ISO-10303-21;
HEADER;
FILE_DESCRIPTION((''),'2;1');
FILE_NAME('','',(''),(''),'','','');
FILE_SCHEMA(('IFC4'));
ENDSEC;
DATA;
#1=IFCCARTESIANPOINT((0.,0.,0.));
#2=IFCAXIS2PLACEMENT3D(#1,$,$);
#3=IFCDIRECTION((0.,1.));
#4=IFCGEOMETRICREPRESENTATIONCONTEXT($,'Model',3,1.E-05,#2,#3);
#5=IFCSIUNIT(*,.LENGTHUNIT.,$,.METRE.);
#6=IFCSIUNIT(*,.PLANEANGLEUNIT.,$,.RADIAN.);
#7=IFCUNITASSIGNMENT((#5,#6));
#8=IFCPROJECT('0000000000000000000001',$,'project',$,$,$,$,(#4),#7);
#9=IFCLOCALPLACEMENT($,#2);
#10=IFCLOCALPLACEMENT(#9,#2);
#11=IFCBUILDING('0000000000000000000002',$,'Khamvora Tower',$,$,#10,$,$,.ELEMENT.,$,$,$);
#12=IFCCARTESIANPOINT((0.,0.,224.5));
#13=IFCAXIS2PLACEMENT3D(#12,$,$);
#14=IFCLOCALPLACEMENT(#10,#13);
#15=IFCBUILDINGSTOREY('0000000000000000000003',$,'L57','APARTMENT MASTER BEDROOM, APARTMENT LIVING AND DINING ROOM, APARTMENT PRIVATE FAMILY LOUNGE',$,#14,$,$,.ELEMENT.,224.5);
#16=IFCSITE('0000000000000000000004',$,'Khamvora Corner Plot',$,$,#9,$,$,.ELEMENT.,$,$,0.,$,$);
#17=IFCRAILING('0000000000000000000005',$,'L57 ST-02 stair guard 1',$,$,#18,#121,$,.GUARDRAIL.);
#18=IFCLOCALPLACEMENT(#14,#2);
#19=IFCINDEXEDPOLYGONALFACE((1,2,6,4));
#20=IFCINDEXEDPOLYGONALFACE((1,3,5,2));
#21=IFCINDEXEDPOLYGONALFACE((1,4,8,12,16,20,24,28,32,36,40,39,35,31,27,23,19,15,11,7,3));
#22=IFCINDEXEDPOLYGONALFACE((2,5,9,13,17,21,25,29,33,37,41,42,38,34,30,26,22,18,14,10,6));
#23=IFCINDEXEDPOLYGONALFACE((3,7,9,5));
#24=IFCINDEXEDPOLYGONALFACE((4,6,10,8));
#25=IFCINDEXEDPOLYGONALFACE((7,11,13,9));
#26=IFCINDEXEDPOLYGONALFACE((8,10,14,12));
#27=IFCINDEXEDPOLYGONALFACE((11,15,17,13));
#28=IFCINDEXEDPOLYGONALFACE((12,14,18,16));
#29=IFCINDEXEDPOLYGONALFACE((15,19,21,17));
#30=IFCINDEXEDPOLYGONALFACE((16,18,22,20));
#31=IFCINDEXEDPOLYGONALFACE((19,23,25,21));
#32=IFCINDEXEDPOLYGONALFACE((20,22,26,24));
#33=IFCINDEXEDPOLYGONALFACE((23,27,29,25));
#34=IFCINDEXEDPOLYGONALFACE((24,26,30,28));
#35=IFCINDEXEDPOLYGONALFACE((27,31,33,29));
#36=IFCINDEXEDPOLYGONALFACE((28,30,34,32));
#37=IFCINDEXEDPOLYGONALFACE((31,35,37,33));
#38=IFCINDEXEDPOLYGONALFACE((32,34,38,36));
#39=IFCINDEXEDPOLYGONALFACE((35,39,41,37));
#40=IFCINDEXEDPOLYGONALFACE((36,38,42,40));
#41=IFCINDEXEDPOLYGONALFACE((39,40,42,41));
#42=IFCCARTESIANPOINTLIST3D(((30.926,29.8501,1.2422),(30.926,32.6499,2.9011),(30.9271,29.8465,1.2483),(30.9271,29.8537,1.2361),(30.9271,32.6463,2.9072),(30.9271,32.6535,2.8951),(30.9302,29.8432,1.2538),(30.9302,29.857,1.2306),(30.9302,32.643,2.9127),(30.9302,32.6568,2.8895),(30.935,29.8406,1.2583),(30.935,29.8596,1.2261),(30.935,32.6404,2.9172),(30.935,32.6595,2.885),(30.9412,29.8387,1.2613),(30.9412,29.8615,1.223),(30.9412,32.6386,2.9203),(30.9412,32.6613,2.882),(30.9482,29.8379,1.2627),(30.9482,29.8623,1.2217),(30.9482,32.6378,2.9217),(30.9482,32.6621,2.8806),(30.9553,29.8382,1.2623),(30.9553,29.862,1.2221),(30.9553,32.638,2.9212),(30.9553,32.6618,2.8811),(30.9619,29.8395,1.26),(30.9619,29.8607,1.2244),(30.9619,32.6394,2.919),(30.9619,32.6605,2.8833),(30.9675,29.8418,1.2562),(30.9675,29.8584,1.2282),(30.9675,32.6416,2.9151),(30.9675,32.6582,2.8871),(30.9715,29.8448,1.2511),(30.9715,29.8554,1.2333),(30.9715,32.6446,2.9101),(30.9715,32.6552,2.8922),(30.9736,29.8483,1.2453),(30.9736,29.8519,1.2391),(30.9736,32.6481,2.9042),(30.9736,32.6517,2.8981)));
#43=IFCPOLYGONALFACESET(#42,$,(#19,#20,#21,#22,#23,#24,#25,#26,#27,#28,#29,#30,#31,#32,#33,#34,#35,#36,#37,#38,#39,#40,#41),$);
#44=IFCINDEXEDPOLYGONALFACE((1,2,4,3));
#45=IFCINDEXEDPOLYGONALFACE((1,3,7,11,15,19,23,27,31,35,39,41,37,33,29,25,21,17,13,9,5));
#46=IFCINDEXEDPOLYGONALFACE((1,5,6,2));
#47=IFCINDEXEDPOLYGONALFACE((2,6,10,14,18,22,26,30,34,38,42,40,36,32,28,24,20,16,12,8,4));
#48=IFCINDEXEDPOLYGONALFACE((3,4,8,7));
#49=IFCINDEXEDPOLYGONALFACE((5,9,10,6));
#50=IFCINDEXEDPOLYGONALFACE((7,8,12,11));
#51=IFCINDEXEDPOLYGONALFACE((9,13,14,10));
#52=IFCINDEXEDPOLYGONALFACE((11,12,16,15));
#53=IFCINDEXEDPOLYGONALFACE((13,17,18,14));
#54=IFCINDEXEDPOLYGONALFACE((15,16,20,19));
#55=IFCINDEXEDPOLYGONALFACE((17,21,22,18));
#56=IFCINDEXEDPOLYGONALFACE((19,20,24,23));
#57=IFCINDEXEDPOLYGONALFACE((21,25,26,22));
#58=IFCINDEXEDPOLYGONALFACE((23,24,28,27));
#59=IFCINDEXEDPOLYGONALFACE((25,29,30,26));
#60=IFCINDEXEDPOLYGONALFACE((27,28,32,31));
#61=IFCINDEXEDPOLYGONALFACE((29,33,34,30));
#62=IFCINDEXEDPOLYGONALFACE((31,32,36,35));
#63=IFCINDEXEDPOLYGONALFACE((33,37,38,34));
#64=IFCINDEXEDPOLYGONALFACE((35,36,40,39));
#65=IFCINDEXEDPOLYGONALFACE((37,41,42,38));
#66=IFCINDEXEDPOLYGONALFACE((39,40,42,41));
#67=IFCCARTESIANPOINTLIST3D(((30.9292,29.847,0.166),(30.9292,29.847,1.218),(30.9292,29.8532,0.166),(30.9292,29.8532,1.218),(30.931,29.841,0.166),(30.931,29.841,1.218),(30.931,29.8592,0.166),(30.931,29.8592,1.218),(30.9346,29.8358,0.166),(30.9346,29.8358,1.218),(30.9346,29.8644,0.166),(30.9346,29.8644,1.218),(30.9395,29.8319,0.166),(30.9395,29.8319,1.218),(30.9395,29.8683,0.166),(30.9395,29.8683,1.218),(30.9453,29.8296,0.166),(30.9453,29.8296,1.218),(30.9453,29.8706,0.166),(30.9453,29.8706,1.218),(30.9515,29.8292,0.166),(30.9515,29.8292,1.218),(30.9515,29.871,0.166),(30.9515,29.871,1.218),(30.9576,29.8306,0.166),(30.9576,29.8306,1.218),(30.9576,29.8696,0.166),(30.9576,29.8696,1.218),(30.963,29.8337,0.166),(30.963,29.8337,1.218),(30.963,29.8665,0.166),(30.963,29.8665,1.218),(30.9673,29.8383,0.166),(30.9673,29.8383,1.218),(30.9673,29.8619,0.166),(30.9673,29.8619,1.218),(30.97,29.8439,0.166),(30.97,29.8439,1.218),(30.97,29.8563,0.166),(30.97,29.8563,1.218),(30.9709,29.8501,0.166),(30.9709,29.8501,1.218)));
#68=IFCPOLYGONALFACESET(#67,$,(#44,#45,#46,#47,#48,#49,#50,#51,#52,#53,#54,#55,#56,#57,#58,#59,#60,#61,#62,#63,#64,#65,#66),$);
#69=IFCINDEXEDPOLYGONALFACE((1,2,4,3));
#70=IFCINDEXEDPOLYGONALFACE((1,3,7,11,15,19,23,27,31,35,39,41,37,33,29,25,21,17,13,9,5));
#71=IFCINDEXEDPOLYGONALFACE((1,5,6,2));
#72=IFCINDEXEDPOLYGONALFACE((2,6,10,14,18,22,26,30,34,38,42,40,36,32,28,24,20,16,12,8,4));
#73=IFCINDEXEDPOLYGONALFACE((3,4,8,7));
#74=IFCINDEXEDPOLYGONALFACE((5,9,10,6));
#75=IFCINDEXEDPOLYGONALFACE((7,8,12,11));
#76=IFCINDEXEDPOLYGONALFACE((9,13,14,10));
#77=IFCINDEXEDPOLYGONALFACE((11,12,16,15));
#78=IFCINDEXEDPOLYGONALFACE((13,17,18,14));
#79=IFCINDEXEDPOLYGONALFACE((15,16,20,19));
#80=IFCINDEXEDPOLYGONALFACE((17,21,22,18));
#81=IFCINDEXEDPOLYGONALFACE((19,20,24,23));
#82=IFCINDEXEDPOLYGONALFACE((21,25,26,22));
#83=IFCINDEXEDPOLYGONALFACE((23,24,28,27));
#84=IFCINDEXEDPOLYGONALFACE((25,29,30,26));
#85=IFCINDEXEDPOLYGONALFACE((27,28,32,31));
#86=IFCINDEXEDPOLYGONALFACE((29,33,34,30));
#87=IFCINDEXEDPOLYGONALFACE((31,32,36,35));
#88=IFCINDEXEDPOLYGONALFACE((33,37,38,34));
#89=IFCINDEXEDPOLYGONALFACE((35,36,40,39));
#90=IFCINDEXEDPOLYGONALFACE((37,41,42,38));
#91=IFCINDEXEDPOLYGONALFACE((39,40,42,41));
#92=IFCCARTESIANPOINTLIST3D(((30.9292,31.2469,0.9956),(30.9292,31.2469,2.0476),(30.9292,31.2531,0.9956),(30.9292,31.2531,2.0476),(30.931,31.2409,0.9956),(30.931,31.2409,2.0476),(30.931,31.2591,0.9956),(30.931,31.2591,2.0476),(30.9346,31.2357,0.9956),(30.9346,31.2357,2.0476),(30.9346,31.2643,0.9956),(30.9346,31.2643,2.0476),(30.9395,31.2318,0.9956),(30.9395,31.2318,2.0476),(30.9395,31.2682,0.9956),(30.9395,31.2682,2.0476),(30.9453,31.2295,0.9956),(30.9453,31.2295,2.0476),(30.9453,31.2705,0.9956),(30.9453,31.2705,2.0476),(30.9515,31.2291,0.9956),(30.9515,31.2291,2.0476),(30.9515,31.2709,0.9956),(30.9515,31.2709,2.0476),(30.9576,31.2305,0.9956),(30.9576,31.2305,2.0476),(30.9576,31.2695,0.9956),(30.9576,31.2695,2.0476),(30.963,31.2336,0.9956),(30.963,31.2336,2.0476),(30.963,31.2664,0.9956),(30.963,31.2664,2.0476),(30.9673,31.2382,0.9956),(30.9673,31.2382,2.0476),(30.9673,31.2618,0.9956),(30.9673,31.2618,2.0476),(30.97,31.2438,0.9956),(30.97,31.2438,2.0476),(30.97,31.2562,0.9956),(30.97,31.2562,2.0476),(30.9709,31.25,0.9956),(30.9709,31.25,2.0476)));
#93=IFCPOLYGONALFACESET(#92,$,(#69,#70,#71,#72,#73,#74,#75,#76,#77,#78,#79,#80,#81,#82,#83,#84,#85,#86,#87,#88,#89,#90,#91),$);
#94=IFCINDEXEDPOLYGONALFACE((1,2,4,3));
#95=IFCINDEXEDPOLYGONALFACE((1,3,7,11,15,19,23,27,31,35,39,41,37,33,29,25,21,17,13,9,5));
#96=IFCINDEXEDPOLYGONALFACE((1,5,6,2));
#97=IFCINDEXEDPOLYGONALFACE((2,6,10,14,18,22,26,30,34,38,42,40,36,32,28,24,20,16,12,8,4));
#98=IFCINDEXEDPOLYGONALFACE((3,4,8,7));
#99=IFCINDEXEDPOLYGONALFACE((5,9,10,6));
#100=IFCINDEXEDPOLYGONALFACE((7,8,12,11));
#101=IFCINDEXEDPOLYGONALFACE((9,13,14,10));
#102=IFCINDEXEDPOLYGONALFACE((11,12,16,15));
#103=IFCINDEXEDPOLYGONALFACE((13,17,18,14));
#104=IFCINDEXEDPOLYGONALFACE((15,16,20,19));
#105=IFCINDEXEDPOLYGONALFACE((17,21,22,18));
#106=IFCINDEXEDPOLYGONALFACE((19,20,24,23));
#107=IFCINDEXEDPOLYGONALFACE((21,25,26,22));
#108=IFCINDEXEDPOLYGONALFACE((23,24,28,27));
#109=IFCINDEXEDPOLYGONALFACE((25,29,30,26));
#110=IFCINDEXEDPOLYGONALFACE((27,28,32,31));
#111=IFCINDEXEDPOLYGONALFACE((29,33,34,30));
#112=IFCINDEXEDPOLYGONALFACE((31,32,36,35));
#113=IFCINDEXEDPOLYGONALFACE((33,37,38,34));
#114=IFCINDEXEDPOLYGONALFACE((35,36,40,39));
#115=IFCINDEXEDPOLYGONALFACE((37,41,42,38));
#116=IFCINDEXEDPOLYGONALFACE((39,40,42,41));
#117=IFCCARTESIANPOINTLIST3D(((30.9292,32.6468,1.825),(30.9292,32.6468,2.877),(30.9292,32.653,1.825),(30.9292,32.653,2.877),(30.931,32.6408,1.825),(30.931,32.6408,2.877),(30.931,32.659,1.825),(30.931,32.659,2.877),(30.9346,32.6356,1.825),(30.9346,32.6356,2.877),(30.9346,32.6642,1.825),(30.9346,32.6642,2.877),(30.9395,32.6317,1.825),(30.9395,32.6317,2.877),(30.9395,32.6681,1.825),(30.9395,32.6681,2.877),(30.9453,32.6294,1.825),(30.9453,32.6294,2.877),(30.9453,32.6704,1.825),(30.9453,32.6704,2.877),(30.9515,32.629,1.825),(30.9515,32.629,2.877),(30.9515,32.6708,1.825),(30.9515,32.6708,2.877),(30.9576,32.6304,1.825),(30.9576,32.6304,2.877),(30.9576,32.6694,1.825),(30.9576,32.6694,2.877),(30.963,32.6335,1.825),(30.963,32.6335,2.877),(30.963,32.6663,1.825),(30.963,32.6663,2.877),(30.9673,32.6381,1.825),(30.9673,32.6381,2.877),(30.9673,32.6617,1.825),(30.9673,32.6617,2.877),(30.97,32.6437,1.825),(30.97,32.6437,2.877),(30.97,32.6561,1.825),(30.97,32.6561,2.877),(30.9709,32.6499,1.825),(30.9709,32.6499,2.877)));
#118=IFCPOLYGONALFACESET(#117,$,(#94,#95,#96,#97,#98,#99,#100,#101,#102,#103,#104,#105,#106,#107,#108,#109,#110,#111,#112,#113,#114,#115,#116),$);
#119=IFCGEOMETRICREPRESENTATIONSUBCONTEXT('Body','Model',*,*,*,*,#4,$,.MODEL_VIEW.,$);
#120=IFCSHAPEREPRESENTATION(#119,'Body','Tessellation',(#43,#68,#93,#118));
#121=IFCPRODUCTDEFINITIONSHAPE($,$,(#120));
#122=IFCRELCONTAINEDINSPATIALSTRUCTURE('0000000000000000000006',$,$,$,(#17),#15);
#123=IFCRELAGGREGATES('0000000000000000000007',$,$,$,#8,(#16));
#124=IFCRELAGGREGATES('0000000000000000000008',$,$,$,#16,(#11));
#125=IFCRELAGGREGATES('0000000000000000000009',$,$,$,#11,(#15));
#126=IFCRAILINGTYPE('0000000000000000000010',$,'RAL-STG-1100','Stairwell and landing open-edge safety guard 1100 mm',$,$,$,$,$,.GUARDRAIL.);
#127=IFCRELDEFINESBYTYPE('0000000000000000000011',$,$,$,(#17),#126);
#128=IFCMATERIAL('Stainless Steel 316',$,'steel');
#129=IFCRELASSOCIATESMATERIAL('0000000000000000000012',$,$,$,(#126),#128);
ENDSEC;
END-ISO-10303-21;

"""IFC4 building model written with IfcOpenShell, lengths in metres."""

from ifc_helpers import new_model, si_unit, direction, frame, origin, origin_2d, place, context, subcontext, project, spatial, circle, extrude, material, type_object, element, save


model = new_model("IFC4")

# Units and contexts
model_context = context("Model", 3, precision=1e-05, world=origin(), true_north=direction((0.0, 1.0)))
body_context = subcontext(model_context, "Body", "Model", "MODEL_VIEW")
ifc_project = project(units=[si_unit("LENGTHUNIT", "METRE"), si_unit("PLANEANGLEUNIT", "RADIAN")], contexts=[model_context])

# Site, building, storey
site_placement = place(None, origin())
site = spatial("IfcSite", under=ifc_project, at=site_placement, Name="Khamvora Corner Plot", CompositionType="ELEMENT", RefElevation=0.0)
building_placement = place(site_placement, origin())
building = spatial("IfcBuilding", under=site, at=building_placement, Name="Khamvora Tower", CompositionType="ELEMENT")
storey_placement = place(building_placement, frame((0.0, 0.0, 224.5)))
storey = spatial("IfcBuildingStorey", under=building, at=storey_placement, Name="L57", Description="APARTMENT MASTER BEDROOM, APARTMENT LIVING AND DINING ROOM, APARTMENT PRIVATE FAMILY LOUNGE", CompositionType="ELEMENT", Elevation=224.5)

# Railing
ifc_material_1 = material(Name="Stainless Steel 316", Category="steel")
railing_type_1 = type_object("IfcRailingType", Name="RAL-STG-1100", Description="Stairwell and landing open-edge safety guard 1100 mm", PredefinedType="GUARDRAIL", material=ifc_material_1)
railing_1_placement = place(storey_placement, frame((30.95, 29.8501, 0.166)))
element("IfcRailing", 1, at=railing_1_placement, inside=storey, type_object=railing_type_1, Name="L57 ST-02 stair guard 1", PredefinedType="GUARDRAIL", context=body_context, shape_type="SweptSolid", body=[
    extrude(circle(Radius=0.0239, at=origin_2d()), frame((0.0, 0.0, 1.0762), z_axis=(0.0, 0.86032, 0.509755), x_axis=(-1.0, 0.0, 0.0)), (0.0, 0.0, 1.0), 3.2544),
    extrude(circle(Radius=0.021, at=origin_2d()), origin(), (0.0, 0.0, 1.0), 1.052),
    extrude(circle(Radius=0.021, at=origin_2d()), frame((0.0, 1.3999, 0.8296)), (0.0, 0.0, 1.0), 1.052),
    extrude(circle(Radius=0.021, at=origin_2d()), frame((0.0, 2.7998, 1.6589)), (0.0, 0.0, 1.0), 1.052),
])

save(model, "model.ifc")
